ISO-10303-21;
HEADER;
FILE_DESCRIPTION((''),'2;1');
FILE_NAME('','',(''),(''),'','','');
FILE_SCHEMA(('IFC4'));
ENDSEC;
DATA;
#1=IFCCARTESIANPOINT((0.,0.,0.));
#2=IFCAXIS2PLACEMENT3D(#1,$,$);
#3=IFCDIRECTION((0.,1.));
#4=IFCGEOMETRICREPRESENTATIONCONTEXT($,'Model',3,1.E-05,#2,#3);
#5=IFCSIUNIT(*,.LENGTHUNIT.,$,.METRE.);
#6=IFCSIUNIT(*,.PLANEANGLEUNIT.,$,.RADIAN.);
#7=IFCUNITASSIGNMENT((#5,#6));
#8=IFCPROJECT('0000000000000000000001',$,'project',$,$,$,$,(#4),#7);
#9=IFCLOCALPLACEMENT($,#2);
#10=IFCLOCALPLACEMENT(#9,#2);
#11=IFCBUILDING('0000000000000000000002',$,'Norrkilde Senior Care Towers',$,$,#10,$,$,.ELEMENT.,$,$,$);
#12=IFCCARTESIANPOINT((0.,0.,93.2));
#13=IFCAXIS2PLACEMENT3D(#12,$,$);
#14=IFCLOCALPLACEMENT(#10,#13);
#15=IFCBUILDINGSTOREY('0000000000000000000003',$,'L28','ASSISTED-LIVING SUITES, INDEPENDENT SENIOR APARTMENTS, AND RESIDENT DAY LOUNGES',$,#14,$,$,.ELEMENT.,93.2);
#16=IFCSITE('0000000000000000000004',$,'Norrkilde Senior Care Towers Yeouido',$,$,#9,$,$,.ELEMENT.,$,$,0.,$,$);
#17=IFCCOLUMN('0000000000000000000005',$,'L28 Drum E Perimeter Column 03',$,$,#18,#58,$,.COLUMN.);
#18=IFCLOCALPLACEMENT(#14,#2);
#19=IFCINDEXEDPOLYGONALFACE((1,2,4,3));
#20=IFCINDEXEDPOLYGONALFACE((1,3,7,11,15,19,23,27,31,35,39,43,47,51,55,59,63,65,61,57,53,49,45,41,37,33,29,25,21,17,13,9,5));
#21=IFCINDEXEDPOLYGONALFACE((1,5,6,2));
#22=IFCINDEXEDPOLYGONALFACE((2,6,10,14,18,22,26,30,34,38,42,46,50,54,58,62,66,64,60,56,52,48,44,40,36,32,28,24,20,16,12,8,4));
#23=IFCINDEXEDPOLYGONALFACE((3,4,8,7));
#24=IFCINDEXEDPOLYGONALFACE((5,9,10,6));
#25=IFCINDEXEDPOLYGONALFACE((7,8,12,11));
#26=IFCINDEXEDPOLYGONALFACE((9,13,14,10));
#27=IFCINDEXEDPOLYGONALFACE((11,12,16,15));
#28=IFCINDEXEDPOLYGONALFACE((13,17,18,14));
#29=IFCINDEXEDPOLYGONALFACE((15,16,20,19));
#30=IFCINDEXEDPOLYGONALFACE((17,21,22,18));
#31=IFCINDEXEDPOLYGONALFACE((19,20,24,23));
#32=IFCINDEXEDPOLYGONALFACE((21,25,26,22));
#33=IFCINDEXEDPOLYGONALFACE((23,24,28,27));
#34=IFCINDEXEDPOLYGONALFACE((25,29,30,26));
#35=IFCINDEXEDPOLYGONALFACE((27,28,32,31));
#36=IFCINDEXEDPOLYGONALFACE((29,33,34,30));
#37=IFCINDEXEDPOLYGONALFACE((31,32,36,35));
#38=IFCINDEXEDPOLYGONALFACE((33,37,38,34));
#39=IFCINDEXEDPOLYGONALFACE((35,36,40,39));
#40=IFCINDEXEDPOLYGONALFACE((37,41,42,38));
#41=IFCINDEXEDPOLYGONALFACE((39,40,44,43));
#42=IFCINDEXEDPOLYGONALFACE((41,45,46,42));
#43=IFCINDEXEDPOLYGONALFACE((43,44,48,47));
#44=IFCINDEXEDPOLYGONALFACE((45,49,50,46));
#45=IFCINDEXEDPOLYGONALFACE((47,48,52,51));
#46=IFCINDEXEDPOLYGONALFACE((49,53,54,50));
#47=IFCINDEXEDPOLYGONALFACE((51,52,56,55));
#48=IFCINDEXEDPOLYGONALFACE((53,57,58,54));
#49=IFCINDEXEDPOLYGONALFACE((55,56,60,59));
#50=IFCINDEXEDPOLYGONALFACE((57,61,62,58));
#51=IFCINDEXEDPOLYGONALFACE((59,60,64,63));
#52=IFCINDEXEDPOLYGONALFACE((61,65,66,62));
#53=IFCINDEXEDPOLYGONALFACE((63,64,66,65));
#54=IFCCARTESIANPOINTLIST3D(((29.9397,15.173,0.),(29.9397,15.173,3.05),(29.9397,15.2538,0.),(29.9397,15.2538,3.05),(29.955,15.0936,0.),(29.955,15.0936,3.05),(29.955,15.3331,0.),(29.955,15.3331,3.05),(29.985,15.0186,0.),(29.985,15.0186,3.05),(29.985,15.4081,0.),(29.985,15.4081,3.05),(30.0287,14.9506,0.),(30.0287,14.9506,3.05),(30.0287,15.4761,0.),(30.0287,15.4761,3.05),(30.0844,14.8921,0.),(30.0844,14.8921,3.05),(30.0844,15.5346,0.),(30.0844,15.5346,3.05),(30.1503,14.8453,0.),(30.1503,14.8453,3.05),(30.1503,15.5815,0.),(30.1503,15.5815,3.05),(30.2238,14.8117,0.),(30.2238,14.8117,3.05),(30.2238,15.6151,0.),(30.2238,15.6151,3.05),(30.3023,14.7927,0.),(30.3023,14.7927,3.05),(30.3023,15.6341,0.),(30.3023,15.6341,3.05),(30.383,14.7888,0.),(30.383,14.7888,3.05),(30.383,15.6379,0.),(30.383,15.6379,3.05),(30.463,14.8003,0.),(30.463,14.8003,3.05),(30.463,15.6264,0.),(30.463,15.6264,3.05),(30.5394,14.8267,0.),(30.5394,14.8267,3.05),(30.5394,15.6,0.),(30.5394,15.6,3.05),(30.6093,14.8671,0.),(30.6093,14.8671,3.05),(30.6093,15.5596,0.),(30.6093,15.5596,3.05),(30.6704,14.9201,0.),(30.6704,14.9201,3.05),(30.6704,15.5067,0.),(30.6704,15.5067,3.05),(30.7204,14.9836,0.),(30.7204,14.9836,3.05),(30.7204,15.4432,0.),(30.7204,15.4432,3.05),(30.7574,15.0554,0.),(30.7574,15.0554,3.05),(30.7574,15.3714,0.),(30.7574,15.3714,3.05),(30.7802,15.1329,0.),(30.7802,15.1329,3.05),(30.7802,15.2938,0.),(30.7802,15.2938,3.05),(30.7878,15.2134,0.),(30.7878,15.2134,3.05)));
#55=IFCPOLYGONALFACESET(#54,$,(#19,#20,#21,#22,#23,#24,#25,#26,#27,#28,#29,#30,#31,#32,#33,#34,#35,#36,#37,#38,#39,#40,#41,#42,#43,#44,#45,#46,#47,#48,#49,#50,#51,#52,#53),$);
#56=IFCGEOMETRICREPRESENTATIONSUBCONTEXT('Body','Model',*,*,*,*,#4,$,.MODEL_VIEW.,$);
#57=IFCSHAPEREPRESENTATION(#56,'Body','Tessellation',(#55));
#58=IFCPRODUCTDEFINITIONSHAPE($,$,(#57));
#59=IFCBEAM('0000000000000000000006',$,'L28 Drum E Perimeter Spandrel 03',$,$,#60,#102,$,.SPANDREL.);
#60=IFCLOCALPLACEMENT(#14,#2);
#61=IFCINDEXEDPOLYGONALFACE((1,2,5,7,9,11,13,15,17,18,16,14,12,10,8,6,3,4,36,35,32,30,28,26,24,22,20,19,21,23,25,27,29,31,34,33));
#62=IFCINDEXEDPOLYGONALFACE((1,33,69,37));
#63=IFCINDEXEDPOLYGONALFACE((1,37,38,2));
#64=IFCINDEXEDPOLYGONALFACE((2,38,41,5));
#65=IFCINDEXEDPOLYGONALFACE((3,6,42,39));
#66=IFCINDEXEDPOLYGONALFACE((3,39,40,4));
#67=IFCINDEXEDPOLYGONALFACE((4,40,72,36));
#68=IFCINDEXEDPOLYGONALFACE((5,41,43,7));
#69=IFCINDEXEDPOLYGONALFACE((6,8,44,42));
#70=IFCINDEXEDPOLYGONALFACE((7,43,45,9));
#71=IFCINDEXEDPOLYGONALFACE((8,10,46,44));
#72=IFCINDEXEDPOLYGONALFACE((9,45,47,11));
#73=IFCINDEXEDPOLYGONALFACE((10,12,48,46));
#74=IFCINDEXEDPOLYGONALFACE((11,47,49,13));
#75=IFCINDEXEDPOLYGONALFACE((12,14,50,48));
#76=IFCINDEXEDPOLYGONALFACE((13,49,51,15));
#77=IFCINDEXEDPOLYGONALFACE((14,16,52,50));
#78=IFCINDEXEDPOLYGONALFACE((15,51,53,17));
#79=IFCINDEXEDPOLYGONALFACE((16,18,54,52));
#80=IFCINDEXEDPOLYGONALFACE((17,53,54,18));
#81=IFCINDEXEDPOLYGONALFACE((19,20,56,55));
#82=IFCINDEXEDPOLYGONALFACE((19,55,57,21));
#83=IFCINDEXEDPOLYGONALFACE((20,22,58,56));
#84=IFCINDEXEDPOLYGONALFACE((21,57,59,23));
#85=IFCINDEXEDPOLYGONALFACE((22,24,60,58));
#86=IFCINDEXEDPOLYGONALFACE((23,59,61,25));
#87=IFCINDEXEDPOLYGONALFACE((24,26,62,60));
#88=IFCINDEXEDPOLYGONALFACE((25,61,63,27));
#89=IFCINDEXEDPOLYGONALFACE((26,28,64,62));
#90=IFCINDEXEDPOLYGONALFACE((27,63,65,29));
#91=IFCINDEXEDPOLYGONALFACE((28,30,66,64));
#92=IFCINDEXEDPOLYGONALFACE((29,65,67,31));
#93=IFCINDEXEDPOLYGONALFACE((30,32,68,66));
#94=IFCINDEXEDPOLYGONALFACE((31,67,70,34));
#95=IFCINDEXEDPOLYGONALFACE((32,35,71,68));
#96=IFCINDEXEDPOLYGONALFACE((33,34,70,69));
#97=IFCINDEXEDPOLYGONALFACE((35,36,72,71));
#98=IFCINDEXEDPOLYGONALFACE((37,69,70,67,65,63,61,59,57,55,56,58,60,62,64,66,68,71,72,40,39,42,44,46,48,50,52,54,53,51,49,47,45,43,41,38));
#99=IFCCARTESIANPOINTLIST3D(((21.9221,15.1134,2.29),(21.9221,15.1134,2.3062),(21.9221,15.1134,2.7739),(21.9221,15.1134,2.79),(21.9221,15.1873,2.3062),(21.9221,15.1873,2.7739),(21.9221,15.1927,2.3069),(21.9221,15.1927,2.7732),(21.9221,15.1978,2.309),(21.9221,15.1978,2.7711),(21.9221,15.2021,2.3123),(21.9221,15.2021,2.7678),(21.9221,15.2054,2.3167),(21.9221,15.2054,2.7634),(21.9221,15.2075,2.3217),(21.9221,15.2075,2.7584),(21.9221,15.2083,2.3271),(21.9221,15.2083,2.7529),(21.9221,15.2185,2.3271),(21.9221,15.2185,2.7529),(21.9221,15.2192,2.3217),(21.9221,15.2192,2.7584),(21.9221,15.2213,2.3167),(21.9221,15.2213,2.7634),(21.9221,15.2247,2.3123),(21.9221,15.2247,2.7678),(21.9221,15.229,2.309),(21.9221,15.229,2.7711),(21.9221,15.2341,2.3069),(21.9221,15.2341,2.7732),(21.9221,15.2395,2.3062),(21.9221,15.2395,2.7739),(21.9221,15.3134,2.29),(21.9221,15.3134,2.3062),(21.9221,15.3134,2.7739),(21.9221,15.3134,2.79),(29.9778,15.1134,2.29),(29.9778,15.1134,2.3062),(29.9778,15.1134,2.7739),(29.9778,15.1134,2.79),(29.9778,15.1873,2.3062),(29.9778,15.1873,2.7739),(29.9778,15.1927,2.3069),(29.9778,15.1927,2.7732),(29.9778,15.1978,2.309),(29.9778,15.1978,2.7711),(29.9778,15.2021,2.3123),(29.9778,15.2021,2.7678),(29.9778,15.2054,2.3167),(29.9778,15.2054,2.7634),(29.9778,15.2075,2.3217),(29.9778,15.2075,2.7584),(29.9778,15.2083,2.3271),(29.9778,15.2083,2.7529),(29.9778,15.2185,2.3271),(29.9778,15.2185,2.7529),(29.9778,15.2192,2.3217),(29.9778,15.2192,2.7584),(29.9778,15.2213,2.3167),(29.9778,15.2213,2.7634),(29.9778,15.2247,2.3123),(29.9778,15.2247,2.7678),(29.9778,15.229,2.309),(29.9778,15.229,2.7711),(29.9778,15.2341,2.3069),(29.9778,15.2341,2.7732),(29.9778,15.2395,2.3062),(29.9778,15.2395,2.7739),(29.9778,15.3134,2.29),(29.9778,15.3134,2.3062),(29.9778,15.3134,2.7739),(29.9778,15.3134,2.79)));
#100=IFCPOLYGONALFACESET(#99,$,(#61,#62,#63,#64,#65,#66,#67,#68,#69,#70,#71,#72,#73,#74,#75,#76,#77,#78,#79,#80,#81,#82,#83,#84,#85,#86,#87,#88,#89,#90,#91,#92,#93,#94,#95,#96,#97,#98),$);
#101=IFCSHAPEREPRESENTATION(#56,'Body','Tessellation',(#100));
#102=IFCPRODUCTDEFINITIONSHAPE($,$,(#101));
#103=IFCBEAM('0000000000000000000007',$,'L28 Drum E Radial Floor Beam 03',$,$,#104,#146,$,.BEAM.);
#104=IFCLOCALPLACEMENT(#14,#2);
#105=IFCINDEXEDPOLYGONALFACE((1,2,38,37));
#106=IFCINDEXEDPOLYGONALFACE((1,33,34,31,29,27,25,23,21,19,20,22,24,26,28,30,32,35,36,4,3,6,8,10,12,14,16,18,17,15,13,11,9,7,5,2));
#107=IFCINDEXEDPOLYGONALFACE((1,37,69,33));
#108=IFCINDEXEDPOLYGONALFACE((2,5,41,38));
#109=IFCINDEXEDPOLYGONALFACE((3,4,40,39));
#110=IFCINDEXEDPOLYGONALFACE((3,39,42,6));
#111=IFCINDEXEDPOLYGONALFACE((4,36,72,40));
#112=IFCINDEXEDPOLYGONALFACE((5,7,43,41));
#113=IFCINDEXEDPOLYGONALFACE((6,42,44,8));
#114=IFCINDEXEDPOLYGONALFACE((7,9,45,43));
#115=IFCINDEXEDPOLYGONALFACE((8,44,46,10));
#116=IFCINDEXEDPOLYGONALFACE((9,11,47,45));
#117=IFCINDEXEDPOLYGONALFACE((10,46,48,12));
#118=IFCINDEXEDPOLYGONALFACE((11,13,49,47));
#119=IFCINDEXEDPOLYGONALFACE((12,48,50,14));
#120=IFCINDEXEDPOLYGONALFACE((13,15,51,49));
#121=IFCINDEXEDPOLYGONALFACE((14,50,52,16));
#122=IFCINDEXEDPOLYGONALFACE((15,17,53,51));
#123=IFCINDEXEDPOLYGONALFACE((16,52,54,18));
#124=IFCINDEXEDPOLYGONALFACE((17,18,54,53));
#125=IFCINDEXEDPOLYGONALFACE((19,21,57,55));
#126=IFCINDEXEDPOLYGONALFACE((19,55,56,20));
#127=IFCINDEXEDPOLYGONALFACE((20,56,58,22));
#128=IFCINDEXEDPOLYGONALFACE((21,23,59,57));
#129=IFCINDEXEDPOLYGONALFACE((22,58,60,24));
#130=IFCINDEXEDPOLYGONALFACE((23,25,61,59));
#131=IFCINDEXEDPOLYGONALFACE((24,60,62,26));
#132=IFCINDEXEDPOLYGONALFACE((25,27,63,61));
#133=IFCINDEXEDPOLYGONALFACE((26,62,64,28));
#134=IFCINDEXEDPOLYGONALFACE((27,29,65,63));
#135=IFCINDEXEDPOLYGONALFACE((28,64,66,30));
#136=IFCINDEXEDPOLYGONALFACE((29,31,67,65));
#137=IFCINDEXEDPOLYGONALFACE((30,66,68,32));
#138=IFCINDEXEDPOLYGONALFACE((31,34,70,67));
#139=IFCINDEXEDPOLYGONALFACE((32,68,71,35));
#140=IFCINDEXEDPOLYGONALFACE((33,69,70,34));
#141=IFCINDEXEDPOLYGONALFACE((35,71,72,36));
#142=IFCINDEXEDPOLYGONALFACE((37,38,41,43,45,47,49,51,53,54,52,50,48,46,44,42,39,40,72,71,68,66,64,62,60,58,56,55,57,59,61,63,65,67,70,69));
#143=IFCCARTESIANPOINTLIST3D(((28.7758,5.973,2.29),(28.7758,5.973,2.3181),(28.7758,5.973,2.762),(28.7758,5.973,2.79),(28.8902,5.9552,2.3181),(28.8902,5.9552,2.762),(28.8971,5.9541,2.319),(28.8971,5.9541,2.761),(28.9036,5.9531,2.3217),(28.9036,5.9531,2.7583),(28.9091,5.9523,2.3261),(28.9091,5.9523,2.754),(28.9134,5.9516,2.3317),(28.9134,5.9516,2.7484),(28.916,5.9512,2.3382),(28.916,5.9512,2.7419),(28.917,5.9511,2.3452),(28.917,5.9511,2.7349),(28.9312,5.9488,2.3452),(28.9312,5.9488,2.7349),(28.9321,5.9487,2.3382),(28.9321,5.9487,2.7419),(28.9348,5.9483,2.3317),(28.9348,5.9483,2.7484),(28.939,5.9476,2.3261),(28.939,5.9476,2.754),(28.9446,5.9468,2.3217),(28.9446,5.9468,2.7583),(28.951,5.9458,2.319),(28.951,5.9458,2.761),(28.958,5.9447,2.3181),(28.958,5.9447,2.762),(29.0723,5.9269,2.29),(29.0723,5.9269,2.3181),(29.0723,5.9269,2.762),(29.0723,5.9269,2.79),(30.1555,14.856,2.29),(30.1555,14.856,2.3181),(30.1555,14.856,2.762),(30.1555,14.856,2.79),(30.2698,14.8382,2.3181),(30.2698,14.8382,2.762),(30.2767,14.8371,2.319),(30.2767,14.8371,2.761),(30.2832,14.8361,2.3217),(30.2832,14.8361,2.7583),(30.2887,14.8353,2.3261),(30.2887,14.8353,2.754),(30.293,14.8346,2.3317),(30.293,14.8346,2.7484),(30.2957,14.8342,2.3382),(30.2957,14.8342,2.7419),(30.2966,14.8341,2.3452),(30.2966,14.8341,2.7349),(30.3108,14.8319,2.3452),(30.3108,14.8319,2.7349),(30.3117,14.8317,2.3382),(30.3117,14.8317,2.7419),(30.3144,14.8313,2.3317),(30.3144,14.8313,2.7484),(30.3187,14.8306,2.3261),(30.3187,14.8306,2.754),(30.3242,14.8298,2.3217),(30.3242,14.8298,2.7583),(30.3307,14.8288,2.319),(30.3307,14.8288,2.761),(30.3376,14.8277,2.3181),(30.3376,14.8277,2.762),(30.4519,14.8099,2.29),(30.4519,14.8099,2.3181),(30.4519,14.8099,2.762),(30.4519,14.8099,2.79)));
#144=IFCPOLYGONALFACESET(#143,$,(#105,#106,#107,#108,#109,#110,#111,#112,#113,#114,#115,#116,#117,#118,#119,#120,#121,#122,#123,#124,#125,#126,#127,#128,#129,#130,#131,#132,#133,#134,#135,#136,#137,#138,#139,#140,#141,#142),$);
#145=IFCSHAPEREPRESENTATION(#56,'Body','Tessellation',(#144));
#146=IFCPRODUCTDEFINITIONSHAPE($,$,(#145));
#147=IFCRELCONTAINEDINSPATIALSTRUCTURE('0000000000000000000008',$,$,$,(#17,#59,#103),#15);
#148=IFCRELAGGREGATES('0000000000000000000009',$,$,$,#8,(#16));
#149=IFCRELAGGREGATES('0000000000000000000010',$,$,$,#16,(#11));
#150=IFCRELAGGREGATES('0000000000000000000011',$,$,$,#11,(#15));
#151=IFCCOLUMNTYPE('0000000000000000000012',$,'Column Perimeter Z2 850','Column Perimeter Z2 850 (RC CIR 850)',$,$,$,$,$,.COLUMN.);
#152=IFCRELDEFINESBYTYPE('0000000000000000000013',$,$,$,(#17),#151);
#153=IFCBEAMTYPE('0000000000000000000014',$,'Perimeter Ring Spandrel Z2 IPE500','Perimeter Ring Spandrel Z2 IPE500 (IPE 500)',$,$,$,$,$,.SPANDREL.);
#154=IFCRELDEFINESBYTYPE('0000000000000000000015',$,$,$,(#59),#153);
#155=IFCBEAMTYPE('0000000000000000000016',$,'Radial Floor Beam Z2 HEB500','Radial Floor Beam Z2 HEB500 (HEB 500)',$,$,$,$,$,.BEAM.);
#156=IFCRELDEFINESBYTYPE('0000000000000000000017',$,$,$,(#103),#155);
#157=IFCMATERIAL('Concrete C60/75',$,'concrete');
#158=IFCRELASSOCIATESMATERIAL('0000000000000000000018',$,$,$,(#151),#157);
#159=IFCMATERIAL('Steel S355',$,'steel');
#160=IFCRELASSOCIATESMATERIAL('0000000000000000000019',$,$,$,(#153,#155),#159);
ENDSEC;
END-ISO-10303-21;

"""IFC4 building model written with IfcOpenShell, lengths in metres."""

from ifc_helpers import new_model, si_unit, direction, frame, origin, origin_2d, place, context, subcontext, project, spatial, circle, i_section, extrude, source, transform, mapped, material, material_profile, profile_set, type_object, type_shapes, element, save


model = new_model("IFC4")

# Units and contexts
model_context = context("Model", 3, precision=1e-05, world=origin(), true_north=direction((0.0, 1.0)))
body_context = subcontext(model_context, "Body", "Model", "MODEL_VIEW")
ifc_project = project(units=[si_unit("LENGTHUNIT", "METRE"), si_unit("PLANEANGLEUNIT", "RADIAN")], contexts=[model_context])

# Site, building, storey
site_placement = place(None, origin())
site = spatial("IfcSite", under=ifc_project, at=site_placement, Name="Norrkilde Senior Care Towers Yeouido", CompositionType="ELEMENT", RefElevation=0.0)
building_placement = place(site_placement, origin())
building = spatial("IfcBuilding", under=site, at=building_placement, Name="Norrkilde Senior Care Towers", CompositionType="ELEMENT")
storey_placement = place(building_placement, frame((0.0, 0.0, 93.2)))
storey = spatial("IfcBuildingStorey", under=building, at=storey_placement, Name="L28", Description="ASSISTED-LIVING SUITES, INDEPENDENT SENIOR APARTMENTS, AND RESIDENT DAY LOUNGES", CompositionType="ELEMENT", Elevation=93.2)

# Column
ifc_material_1 = material(Name="Concrete C60/75", Category="concrete")
ifc_material_profile_1 = material_profile(ifc_material_1, circle(Radius=0.425, at=origin_2d()), Name="RC CIR 850")
ifc_profile_set_1 = profile_set([ifc_material_profile_1], Name="Concrete C60/75")
column_type = type_object("IfcColumnType", Name="Column Perimeter Z2 850", Description="Column Perimeter Z2 850 (RC CIR 850)", PredefinedType="COLUMN", material=ifc_profile_set_1)
shared_shape_1 = source(origin(), body_context, "Body", "SweptSolid", [
    extrude(circle(Radius=0.425, at=origin_2d()), origin(), (0.0, 0.0, 1.0), 3.05),
])
type_shapes(column_type, [shared_shape_1])
column_placement = place(storey_placement, frame((30.3628, 15.2134, 0.0), z_axis=(0.0, 0.0, 1.0), x_axis=(1.0, 0.0, 0.0)))
element("IfcColumn", 1, at=column_placement, inside=storey, type_object=column_type, Name="L28 Drum E Perimeter Column 03", PredefinedType="COLUMN", context=body_context, shape_type="MappedRepresentation", body=[
    mapped(shared_shape_1, transform((0.0, 0.0, 0.0), x_axis=(1.0, 0.0, 0.0), y_axis=(0.0, 1.0, 0.0), z_axis=(0.0, 0.0, 1.0), scale=1.0)),
])

# Beams
ifc_material_2 = material(Name="Steel S355", Category="steel")
ifc_material_profile_2 = material_profile(ifc_material_2, i_section(OverallWidth=0.2, OverallDepth=0.5, WebThickness=0.0103, FlangeThickness=0.0161, FilletRadius=0.021, at=origin_2d()), Name="IPE 500")
ifc_profile_set_2 = profile_set([ifc_material_profile_2], Name="Steel S355")
beam_type_1 = type_object("IfcBeamType", Name="Perimeter Ring Spandrel Z2 IPE500", Description="Perimeter Ring Spandrel Z2 IPE500 (IPE 500)", PredefinedType="SPANDREL", material=ifc_profile_set_2)
shared_shape_2 = source(origin(), body_context, "Body", "SweptSolid", [
    extrude(i_section(OverallWidth=0.2, OverallDepth=0.5, WebThickness=0.0103, FlangeThickness=0.0161, FilletRadius=0.021, at=origin_2d()), origin(), (0.0, 0.0, 1.0), 8.0557),
])
type_shapes(beam_type_1, [shared_shape_2])
beam_1_placement = place(storey_placement, frame((29.9778, 15.2134, 2.54), z_axis=(-1.0, 0.0, 0.0), x_axis=(0.0, -1.0, 0.0)))
element("IfcBeam", 2, at=beam_1_placement, inside=storey, type_object=beam_type_1, Name="L28 Drum E Perimeter Spandrel 03", PredefinedType="SPANDREL", context=body_context, shape_type="MappedRepresentation", body=[
    mapped(shared_shape_2, transform((0.0, 0.0, 0.0), x_axis=(1.0, 0.0, 0.0), y_axis=(0.0, 1.0, 0.0), z_axis=(0.0, 0.0, 1.0), scale=1.0)),
])
ifc_material_profile_3 = material_profile(ifc_material_2, i_section(OverallWidth=0.3, OverallDepth=0.5, WebThickness=0.0144, FlangeThickness=0.0281, FilletRadius=0.0271, at=origin_2d()), Name="HEB 500")
ifc_profile_set_3 = profile_set([ifc_material_profile_3], Name="Steel S355")
beam_type_2 = type_object("IfcBeamType", Name="Radial Floor Beam Z2 HEB500", Description="Radial Floor Beam Z2 HEB500 (HEB 500)", PredefinedType="BEAM", material=ifc_profile_set_3)
shared_shape_3 = source(origin(), body_context, "Body", "SweptSolid", [
    extrude(i_section(OverallWidth=0.3, OverallDepth=0.5, WebThickness=0.0144, FlangeThickness=0.0281, FilletRadius=0.0271, at=origin_2d()), origin(), (0.0, 0.0, 1.0), 8.9895),
])
beam_2_placement = place(storey_placement, frame((28.9241, 5.95, 2.54), z_axis=(0.153471, 0.988153, 0.0), x_axis=(-0.988153, 0.153471, 0.0)))
element("IfcBeam", 3, at=beam_2_placement, inside=storey, type_object=beam_type_2, Name="L28 Drum E Radial Floor Beam 03", PredefinedType="BEAM", context=body_context, shape_type="MappedRepresentation", body=[
    mapped(shared_shape_3, transform((0.0, 0.0, 0.0), x_axis=(1.0, 0.0, 0.0), y_axis=(0.0, 1.0, 0.0), z_axis=(0.0, 0.0, 1.0), scale=1.0)),
])

save(model, "model.ifc")
